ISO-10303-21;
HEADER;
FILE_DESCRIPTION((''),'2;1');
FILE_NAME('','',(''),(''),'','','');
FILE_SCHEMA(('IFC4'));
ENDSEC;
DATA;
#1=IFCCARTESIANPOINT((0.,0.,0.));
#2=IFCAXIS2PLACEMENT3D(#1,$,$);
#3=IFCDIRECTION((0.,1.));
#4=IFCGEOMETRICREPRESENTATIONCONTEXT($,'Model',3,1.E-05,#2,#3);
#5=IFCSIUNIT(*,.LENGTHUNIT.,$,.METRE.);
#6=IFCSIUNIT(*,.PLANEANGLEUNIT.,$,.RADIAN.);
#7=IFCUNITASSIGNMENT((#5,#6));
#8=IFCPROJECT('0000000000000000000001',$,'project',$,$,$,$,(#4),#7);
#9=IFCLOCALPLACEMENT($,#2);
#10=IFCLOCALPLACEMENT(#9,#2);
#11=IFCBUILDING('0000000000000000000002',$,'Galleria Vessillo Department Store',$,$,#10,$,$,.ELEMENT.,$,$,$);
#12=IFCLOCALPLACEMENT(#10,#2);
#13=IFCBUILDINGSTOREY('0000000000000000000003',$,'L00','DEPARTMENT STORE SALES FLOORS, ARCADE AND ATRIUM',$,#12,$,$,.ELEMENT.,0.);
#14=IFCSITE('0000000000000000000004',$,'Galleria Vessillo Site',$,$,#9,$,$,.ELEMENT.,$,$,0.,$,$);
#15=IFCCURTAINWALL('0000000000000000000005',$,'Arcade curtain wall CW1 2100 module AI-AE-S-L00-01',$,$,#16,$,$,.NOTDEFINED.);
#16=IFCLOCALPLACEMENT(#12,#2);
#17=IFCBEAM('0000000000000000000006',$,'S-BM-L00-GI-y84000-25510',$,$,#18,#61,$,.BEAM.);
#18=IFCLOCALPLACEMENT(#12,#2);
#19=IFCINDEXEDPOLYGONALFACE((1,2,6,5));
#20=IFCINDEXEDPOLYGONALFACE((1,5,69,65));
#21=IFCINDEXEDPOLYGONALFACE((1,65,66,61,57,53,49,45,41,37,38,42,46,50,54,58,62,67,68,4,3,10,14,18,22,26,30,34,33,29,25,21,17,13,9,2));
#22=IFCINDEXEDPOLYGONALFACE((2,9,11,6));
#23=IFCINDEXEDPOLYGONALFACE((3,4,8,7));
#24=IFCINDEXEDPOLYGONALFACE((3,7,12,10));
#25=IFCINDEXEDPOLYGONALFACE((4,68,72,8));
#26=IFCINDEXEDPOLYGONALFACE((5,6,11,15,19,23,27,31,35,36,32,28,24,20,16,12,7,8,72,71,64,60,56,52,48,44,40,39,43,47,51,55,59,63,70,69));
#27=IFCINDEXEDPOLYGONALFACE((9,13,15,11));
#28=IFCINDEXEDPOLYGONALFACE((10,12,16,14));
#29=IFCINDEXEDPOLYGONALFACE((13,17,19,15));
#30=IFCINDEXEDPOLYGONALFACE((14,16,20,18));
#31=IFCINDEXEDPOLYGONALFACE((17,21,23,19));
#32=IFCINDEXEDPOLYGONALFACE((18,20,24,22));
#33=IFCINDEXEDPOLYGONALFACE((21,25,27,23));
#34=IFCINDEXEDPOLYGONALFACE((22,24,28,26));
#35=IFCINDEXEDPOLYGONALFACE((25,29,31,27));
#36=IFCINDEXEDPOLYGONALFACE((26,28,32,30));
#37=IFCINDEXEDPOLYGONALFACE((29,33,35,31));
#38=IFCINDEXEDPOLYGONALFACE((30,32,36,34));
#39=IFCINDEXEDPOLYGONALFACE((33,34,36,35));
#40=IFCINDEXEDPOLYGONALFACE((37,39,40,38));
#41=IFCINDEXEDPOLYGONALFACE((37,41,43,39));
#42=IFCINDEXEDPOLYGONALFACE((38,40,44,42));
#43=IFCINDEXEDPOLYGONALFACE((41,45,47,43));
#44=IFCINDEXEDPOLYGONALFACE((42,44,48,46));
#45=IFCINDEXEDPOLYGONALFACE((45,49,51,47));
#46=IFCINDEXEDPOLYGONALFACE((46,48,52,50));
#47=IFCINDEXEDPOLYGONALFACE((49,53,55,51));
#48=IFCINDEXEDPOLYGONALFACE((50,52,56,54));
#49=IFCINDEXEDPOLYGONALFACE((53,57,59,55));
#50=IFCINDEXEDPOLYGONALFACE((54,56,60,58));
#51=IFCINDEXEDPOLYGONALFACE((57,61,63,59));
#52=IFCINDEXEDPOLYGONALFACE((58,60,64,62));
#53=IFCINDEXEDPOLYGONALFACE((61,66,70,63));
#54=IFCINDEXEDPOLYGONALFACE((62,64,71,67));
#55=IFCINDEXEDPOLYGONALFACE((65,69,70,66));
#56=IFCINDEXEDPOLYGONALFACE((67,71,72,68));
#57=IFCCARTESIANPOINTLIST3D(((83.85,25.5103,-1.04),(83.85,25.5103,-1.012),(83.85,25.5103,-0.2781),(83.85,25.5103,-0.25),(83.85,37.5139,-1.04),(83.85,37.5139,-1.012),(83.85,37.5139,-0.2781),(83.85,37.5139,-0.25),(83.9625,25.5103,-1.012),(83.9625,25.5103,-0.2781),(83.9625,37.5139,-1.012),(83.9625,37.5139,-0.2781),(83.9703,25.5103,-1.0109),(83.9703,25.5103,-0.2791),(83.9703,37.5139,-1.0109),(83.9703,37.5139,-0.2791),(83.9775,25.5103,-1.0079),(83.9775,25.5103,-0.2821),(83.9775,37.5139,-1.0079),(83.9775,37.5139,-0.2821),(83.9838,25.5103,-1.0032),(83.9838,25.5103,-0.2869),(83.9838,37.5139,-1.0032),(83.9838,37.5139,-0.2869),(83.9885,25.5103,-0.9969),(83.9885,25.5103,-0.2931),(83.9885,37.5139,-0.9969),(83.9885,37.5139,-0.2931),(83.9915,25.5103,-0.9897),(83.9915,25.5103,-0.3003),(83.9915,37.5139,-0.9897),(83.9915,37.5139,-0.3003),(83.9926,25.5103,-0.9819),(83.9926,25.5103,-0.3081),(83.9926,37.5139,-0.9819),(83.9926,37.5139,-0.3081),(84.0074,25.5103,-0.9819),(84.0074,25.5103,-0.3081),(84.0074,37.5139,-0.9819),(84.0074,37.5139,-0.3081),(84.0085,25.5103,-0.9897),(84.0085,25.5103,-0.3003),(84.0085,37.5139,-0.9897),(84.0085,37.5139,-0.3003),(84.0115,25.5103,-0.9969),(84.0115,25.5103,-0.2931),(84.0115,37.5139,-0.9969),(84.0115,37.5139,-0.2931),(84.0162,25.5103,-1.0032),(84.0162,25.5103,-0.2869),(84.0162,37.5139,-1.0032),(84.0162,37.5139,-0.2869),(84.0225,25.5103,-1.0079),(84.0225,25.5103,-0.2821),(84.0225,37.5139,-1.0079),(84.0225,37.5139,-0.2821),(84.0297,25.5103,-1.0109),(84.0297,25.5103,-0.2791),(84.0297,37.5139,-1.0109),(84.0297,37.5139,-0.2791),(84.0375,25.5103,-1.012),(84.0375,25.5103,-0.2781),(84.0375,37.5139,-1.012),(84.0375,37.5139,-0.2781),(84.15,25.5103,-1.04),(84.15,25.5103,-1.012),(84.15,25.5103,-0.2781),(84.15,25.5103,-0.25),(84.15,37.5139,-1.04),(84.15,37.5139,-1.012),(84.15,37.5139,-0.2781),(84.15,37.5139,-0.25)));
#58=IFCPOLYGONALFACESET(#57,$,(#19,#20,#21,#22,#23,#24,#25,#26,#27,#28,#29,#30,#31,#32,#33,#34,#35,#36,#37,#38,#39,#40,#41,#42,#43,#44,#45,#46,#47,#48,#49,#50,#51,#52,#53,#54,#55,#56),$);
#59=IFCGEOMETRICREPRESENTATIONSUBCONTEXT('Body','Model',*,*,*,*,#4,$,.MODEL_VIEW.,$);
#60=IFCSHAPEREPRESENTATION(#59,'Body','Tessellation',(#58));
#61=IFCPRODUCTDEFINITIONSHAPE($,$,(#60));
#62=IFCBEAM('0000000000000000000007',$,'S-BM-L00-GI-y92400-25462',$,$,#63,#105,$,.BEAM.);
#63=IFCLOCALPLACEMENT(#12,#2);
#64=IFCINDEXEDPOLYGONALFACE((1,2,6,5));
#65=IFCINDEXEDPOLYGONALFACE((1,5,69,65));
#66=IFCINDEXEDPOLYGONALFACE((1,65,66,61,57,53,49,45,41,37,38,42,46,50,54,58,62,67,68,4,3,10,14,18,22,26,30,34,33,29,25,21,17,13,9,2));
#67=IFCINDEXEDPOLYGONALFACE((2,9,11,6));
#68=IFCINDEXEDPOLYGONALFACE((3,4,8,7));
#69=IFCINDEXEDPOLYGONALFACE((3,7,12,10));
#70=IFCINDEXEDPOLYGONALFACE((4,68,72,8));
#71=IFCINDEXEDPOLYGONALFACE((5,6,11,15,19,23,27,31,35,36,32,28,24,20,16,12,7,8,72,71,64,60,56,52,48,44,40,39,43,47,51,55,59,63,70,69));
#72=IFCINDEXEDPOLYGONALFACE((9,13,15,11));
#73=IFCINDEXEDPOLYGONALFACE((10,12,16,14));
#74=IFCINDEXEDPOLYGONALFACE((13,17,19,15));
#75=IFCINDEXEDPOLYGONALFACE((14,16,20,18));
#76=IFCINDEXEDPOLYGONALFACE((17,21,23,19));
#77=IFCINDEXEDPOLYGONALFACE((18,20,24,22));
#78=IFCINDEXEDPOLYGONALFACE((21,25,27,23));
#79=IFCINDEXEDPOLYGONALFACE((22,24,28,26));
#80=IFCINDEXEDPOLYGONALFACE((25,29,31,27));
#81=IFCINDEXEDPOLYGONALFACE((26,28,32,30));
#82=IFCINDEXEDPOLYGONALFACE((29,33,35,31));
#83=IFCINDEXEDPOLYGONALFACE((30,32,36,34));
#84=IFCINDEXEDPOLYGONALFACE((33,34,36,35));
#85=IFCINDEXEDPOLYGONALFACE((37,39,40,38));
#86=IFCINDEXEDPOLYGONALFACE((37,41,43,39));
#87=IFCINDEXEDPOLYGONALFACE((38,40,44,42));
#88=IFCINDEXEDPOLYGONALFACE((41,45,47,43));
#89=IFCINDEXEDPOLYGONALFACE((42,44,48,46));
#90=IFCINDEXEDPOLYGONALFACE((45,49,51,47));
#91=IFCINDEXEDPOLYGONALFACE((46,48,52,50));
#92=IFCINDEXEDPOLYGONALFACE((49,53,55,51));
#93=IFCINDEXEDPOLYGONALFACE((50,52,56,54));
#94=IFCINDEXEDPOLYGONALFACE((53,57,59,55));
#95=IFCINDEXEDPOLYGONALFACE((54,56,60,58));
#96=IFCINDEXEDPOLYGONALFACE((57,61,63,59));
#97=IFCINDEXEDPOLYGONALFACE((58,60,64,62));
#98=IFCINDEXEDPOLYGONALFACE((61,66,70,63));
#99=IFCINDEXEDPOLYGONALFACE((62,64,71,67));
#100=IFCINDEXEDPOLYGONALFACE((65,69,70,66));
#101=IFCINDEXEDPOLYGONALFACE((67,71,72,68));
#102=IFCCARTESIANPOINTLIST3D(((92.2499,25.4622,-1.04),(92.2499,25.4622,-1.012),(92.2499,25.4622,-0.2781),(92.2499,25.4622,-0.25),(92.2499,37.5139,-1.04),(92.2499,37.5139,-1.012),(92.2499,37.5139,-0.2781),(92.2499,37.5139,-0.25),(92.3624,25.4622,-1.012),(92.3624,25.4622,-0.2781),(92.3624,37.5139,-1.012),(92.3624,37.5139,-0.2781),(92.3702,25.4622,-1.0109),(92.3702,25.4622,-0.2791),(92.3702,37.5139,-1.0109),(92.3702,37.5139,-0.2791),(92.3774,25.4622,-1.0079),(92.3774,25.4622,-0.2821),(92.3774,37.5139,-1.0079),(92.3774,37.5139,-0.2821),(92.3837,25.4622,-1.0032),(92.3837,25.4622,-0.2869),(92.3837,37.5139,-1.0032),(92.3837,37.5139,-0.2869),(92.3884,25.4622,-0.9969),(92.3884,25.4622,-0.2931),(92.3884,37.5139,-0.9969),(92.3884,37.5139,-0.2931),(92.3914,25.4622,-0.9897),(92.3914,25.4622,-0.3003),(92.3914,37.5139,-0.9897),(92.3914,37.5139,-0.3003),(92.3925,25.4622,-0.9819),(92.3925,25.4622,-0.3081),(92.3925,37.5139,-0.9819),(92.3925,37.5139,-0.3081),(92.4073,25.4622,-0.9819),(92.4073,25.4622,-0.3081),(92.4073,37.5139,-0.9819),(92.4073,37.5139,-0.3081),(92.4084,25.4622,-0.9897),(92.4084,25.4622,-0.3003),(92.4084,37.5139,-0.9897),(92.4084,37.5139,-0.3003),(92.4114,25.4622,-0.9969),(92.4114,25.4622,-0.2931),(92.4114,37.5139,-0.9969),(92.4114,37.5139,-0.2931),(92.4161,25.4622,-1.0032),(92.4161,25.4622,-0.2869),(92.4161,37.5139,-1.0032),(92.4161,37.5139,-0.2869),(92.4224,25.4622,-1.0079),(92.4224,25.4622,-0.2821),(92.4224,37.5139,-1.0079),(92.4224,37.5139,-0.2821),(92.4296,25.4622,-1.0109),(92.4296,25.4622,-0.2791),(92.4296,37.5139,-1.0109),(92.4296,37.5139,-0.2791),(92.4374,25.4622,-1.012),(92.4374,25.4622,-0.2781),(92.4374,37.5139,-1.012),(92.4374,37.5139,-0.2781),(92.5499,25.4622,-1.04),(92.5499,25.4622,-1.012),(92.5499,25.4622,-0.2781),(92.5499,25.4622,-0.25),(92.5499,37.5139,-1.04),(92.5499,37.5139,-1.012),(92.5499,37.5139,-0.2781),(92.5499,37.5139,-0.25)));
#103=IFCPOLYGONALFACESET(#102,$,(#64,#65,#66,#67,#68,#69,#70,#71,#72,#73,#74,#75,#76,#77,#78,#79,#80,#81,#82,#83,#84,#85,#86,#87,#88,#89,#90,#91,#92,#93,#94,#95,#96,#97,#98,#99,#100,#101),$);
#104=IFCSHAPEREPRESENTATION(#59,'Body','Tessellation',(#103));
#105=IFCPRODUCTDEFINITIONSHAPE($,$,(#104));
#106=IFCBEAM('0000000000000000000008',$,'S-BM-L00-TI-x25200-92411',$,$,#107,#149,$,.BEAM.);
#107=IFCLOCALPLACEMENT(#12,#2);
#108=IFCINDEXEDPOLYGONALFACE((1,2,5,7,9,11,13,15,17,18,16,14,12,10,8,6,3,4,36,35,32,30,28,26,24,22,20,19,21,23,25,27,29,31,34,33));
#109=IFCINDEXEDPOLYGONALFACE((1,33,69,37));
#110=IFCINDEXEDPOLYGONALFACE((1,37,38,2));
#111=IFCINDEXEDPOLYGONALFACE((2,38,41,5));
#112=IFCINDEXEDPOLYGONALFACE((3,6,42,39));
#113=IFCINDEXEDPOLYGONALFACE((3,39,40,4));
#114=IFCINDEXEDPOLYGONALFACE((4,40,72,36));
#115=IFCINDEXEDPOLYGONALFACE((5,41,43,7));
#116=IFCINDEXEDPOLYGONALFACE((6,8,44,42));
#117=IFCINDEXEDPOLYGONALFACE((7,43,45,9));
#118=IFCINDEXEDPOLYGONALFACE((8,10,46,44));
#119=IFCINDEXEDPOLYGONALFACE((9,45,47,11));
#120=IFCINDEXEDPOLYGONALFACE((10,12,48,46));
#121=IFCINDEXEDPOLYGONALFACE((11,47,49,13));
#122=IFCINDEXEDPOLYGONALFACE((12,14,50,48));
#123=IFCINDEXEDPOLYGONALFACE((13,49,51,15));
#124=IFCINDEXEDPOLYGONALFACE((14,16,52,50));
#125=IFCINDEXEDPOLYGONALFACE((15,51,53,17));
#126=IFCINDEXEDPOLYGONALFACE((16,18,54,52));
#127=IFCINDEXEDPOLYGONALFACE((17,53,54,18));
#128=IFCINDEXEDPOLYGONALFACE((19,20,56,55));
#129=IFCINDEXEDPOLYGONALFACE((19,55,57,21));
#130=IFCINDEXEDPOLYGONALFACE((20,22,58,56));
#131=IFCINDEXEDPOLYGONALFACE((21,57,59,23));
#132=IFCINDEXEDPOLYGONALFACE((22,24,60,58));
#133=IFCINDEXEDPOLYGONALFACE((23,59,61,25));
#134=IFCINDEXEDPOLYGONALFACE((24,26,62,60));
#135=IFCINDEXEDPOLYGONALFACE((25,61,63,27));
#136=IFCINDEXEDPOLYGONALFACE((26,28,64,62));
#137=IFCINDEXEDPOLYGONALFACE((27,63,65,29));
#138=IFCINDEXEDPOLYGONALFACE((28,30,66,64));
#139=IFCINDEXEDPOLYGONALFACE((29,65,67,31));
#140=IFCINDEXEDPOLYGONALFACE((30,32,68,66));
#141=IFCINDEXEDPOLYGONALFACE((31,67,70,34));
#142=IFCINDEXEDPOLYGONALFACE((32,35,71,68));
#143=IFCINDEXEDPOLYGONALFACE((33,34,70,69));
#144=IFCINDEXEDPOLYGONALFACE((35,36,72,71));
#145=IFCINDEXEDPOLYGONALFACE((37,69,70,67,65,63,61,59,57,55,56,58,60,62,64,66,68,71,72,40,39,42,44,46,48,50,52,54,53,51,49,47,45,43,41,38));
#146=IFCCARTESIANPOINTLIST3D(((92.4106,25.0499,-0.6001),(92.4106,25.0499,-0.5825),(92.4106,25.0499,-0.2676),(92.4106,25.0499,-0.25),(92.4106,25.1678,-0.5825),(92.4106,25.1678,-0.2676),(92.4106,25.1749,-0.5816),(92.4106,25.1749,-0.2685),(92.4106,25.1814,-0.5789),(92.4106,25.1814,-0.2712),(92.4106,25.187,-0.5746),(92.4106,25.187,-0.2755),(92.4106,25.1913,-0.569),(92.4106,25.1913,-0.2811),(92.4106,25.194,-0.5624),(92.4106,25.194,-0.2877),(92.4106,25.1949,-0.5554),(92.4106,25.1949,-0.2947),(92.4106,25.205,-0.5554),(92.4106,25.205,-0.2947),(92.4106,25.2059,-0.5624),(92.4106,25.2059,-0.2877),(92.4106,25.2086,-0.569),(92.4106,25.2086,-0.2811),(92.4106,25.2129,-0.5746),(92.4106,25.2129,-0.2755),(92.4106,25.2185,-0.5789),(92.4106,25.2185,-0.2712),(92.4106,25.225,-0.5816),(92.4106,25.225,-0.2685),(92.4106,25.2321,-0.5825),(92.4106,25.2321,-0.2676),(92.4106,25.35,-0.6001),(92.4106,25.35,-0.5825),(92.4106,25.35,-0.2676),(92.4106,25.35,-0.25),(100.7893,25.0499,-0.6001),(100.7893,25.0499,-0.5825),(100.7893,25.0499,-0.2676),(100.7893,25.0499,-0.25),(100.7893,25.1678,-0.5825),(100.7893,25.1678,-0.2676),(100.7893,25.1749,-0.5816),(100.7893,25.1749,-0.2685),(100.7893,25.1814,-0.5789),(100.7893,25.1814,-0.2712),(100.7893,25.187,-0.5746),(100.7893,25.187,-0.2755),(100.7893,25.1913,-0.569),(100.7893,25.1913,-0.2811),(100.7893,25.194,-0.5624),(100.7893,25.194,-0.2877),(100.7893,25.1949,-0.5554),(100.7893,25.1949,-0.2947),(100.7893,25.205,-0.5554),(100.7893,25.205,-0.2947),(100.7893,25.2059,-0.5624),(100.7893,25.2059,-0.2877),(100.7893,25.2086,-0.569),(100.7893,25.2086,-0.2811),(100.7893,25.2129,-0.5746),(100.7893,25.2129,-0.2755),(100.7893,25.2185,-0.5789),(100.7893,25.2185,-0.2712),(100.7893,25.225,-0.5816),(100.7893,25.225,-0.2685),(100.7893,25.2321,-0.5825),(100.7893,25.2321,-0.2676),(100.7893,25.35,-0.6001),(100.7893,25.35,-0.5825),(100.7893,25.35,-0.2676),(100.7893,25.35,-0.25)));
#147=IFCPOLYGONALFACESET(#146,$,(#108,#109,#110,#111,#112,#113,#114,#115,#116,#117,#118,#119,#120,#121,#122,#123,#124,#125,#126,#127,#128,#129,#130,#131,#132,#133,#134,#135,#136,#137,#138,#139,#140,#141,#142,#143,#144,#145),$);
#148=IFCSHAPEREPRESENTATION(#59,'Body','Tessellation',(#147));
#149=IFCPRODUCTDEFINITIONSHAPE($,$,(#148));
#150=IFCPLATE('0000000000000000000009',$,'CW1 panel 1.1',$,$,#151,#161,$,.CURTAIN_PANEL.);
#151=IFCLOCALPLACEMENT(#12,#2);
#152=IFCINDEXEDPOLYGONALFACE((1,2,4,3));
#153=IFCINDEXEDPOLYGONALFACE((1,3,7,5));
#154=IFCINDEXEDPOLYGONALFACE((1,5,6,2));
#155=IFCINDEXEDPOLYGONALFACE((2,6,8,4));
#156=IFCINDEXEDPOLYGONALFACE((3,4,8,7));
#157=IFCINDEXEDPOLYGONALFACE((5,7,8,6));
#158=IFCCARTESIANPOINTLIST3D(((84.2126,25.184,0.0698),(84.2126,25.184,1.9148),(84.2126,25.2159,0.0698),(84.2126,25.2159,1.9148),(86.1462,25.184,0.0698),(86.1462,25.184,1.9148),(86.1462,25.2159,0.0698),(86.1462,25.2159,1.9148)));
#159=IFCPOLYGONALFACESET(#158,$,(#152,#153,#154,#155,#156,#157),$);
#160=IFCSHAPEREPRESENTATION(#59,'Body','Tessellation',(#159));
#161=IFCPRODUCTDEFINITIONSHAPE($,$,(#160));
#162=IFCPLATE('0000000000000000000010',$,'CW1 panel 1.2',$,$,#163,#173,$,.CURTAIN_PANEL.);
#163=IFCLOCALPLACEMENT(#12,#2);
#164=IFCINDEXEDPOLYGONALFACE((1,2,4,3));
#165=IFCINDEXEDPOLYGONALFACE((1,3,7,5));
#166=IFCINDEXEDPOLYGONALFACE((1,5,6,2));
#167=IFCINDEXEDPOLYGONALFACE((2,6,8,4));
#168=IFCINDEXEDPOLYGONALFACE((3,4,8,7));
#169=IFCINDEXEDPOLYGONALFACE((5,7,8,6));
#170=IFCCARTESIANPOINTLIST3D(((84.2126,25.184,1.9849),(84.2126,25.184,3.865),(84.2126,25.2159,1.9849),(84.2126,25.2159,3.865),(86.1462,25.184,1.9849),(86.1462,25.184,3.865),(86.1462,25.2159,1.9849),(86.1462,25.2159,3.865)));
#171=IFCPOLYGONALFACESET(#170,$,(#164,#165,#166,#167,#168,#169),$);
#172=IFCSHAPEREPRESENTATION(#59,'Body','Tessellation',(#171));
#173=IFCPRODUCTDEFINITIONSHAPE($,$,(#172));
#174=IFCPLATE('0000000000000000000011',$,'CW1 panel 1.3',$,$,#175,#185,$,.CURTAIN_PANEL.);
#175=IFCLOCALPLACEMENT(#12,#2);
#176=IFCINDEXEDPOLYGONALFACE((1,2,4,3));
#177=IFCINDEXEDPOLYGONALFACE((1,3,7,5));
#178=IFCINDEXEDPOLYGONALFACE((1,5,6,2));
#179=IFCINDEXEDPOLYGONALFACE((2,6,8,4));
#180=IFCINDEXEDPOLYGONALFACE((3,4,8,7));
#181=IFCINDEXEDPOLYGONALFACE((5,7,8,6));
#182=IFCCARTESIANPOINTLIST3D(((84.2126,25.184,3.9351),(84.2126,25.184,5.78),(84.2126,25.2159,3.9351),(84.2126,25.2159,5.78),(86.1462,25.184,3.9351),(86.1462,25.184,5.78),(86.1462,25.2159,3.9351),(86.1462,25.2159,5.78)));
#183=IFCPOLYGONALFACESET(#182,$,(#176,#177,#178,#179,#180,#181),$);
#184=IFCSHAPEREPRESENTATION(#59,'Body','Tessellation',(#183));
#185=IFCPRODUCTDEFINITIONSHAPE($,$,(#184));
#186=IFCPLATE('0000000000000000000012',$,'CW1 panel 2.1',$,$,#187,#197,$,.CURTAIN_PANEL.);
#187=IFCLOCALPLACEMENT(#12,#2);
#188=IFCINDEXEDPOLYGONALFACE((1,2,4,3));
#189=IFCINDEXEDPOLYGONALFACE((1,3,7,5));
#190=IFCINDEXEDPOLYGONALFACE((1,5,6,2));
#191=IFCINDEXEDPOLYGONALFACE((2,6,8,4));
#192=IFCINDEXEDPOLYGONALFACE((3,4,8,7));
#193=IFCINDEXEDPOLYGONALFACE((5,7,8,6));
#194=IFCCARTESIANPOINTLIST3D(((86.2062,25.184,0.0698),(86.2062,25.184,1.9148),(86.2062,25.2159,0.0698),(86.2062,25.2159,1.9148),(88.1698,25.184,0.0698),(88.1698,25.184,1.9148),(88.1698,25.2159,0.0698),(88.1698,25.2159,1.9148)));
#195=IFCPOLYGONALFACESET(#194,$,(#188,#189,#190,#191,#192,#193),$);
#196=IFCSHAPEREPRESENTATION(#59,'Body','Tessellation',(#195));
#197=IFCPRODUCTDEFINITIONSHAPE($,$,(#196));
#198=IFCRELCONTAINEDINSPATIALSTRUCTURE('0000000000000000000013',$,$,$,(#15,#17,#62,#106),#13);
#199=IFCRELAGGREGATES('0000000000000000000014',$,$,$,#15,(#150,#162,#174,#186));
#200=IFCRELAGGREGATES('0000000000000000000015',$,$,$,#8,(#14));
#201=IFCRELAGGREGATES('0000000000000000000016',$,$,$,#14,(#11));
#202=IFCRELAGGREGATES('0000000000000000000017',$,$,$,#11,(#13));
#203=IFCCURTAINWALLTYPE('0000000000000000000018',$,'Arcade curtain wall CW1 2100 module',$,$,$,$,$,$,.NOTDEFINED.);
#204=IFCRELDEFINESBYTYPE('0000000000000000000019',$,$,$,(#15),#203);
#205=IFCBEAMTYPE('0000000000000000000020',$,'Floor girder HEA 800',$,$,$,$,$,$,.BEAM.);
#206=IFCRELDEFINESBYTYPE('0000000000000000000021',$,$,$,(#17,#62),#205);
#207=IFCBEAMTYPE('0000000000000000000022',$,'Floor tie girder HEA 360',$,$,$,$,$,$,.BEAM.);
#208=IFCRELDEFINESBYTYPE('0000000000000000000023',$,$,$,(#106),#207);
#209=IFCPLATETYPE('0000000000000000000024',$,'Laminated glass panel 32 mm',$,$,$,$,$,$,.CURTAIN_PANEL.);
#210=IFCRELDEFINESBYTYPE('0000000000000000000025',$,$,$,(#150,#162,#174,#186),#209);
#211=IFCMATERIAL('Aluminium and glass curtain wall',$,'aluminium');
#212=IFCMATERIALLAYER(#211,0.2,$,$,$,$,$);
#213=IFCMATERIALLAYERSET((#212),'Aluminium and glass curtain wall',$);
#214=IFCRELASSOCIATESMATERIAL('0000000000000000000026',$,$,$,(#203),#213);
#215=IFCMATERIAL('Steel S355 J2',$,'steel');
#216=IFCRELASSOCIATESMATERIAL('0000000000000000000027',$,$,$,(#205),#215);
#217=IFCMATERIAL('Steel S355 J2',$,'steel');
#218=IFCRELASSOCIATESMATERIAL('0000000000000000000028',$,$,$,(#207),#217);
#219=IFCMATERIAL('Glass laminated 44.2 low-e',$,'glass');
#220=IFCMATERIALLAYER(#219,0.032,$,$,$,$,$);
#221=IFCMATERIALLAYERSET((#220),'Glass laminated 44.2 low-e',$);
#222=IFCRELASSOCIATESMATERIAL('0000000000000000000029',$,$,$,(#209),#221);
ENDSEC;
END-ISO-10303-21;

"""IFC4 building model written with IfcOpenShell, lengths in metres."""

from ifc_helpers import new_model, si_unit, direction, frame, origin, origin_2d, place, context, subcontext, project, spatial, rectangle, i_section, extrude, material, layer, layer_set, material_profile, profile_set, type_object, element, aggregate, save


model = new_model("IFC4")

# Units and contexts
model_context = context("Model", 3, precision=1e-05, world=origin(), true_north=direction((0.0, 1.0)))
body_context = subcontext(model_context, "Body", "Model", "MODEL_VIEW")
ifc_project = project(units=[si_unit("LENGTHUNIT", "METRE"), si_unit("PLANEANGLEUNIT", "RADIAN")], contexts=[model_context])

# Site, building, storey
site_placement = place(None, origin())
site = spatial("IfcSite", under=ifc_project, at=site_placement, Name="Galleria Vessillo Site", CompositionType="ELEMENT", RefElevation=0.0)
building_placement = place(site_placement, origin())
building = spatial("IfcBuilding", under=site, at=building_placement, Name="Galleria Vessillo Department Store", CompositionType="ELEMENT")
storey_placement = place(building_placement, origin())
storey = spatial("IfcBuildingStorey", under=building, at=storey_placement, Name="L00", Description="DEPARTMENT STORE SALES FLOORS, ARCADE AND ATRIUM", CompositionType="ELEMENT", Elevation=0.0)

# Curtain wall
ifc_material_1 = material(Name="Aluminium and glass curtain wall", Category="aluminium")
ifc_layer_1 = layer(ifc_material_1, 0.2)
ifc_layer_set_1 = layer_set([ifc_layer_1], Name="Aluminium and glass curtain wall")
curtain_wall_type = type_object("IfcCurtainWallType", Name="Arcade curtain wall CW1 2100 module", PredefinedType="NOTDEFINED", material=ifc_layer_set_1)
curtain_wall_1_placement = place(storey_placement, origin())
curtain_wall_1 = element("IfcCurtainWall", 1, at=curtain_wall_1_placement, inside=storey, type_object=curtain_wall_type, Name="Arcade curtain wall CW1 2100 module AI-AE-S-L00-01", PredefinedType="NOTDEFINED")

# Beams
ifc_material_2 = material(Name="Steel S355 J2", Category="steel")
ifc_material_profile_1 = material_profile(ifc_material_2, i_section(OverallWidth=0.3, OverallDepth=0.79, WebThickness=0.0149, FlangeThickness=0.0281, FilletRadius=0.03, at=origin_2d()), Name="HEA 800")
ifc_profile_set_1 = profile_set([ifc_material_profile_1], Name="Steel S355 J2")
beam_type_1 = type_object("IfcBeamType", Name="Floor girder HEA 800", PredefinedType="BEAM", material=ifc_profile_set_1)
beam_1_placement = place(storey_placement, frame((84.0, 25.5103, -0.645), z_axis=(0.0, 1.0, 0.0), x_axis=(-1.0, 0.0, 0.0)))
element("IfcBeam", 2, at=beam_1_placement, inside=storey, type_object=beam_type_1, Name="S-BM-L00-GI-y84000-25510", PredefinedType="BEAM", context=body_context, shape_type="SweptSolid", body=[
    extrude(i_section(OverallWidth=0.3, OverallDepth=0.79, WebThickness=0.0149, FlangeThickness=0.0281, FilletRadius=0.03, at=origin_2d()), origin(), (0.0, 0.0, 1.0), 12.0037),
])
beam_2_placement = place(storey_placement, frame((92.3999, 25.4622, -0.645), z_axis=(0.0, 1.0, 0.0), x_axis=(-1.0, 0.0, 0.0)))
element("IfcBeam", 3, at=beam_2_placement, inside=storey, type_object=beam_type_1, Name="S-BM-L00-GI-y92400-25462", PredefinedType="BEAM", context=body_context, shape_type="SweptSolid", body=[
    extrude(i_section(OverallWidth=0.3, OverallDepth=0.79, WebThickness=0.0149, FlangeThickness=0.0281, FilletRadius=0.03, at=origin_2d()), origin(), (0.0, 0.0, 1.0), 12.0518),
])
ifc_material_3 = material(Name="Steel S355 J2", Category="steel")
ifc_material_profile_2 = material_profile(ifc_material_3, i_section(OverallWidth=0.3, OverallDepth=0.3501, WebThickness=0.01, FlangeThickness=0.0176, FilletRadius=0.0271, at=origin_2d()), Name="HEA 360")
ifc_profile_set_2 = profile_set([ifc_material_profile_2], Name="Steel S355 J2")
beam_type_2 = type_object("IfcBeamType", Name="Floor tie girder HEA 360", PredefinedType="BEAM", material=ifc_profile_set_2)
beam_3_placement = place(storey_placement, frame((92.4106, 25.2, -0.425), z_axis=(1.0, 0.0, 0.0), x_axis=(0.0, 1.0, 0.0)))
element("IfcBeam", 4, at=beam_3_placement, inside=storey, type_object=beam_type_2, Name="S-BM-L00-TI-x25200-92411", PredefinedType="BEAM", context=body_context, shape_type="SweptSolid", body=[
    extrude(i_section(OverallWidth=0.3, OverallDepth=0.3501, WebThickness=0.01, FlangeThickness=0.0176, FilletRadius=0.0271, at=origin_2d()), origin(), (0.0, 0.0, 1.0), 8.3787),
])

# Plates
ifc_material_4 = material(Name="Glass laminated 44.2 low-e", Category="glass")
ifc_layer_2 = layer(ifc_material_4, 0.032)
ifc_layer_set_2 = layer_set([ifc_layer_2], Name="Glass laminated 44.2 low-e")
plate_type = type_object("IfcPlateType", Name="Laminated glass panel 32 mm", PredefinedType="CURTAIN_PANEL", material=ifc_layer_set_2)
plate_1_placement = place(storey_placement, frame((85.1794, 25.2, 0.0698), z_axis=(0.0, 0.0, 1.0), x_axis=(1.0, 0.0, 0.0)))
plate_1 = element("IfcPlate", 5, at=plate_1_placement, type_object=plate_type, Name="CW1 panel 1.1", PredefinedType="CURTAIN_PANEL", context=body_context, shape_type="SweptSolid", body=[
    extrude(rectangle(XDim=1.9336, YDim=0.032, at=origin_2d()), origin(), (0.0, 0.0, 1.0), 1.845),
])
plate_2_placement = place(storey_placement, frame((85.1794, 25.2, 1.9849), z_axis=(0.0, 0.0, 1.0), x_axis=(1.0, 0.0, 0.0)))
plate_2 = element("IfcPlate", 6, at=plate_2_placement, type_object=plate_type, Name="CW1 panel 1.2", PredefinedType="CURTAIN_PANEL", context=body_context, shape_type="SweptSolid", body=[
    extrude(rectangle(XDim=1.9336, YDim=0.032, at=origin_2d()), origin(), (0.0, 0.0, 1.0), 1.8801),
])
plate_3_placement = place(storey_placement, frame((85.1794, 25.2, 3.9351), z_axis=(0.0, 0.0, 1.0), x_axis=(1.0, 0.0, 0.0)))
plate_3 = element("IfcPlate", 7, at=plate_3_placement, type_object=plate_type, Name="CW1 panel 1.3", PredefinedType="CURTAIN_PANEL", context=body_context, shape_type="SweptSolid", body=[
    extrude(rectangle(XDim=1.9336, YDim=0.032, at=origin_2d()), origin(), (0.0, 0.0, 1.0), 1.845),
])
plate_4_placement = place(storey_placement, frame((87.188, 25.2, 0.0698), z_axis=(0.0, 0.0, 1.0), x_axis=(1.0, 0.0, 0.0)))
plate_4 = element("IfcPlate", 8, at=plate_4_placement, type_object=plate_type, Name="CW1 panel 2.1", PredefinedType="CURTAIN_PANEL", context=body_context, shape_type="SweptSolid", body=[
    extrude(rectangle(XDim=1.9636, YDim=0.032, at=origin_2d()), origin(), (0.0, 0.0, 1.0), 1.845),
])
aggregate(curtain_wall_1, [plate_1, plate_2, plate_3, plate_4])

save(model, "model.ifc")
